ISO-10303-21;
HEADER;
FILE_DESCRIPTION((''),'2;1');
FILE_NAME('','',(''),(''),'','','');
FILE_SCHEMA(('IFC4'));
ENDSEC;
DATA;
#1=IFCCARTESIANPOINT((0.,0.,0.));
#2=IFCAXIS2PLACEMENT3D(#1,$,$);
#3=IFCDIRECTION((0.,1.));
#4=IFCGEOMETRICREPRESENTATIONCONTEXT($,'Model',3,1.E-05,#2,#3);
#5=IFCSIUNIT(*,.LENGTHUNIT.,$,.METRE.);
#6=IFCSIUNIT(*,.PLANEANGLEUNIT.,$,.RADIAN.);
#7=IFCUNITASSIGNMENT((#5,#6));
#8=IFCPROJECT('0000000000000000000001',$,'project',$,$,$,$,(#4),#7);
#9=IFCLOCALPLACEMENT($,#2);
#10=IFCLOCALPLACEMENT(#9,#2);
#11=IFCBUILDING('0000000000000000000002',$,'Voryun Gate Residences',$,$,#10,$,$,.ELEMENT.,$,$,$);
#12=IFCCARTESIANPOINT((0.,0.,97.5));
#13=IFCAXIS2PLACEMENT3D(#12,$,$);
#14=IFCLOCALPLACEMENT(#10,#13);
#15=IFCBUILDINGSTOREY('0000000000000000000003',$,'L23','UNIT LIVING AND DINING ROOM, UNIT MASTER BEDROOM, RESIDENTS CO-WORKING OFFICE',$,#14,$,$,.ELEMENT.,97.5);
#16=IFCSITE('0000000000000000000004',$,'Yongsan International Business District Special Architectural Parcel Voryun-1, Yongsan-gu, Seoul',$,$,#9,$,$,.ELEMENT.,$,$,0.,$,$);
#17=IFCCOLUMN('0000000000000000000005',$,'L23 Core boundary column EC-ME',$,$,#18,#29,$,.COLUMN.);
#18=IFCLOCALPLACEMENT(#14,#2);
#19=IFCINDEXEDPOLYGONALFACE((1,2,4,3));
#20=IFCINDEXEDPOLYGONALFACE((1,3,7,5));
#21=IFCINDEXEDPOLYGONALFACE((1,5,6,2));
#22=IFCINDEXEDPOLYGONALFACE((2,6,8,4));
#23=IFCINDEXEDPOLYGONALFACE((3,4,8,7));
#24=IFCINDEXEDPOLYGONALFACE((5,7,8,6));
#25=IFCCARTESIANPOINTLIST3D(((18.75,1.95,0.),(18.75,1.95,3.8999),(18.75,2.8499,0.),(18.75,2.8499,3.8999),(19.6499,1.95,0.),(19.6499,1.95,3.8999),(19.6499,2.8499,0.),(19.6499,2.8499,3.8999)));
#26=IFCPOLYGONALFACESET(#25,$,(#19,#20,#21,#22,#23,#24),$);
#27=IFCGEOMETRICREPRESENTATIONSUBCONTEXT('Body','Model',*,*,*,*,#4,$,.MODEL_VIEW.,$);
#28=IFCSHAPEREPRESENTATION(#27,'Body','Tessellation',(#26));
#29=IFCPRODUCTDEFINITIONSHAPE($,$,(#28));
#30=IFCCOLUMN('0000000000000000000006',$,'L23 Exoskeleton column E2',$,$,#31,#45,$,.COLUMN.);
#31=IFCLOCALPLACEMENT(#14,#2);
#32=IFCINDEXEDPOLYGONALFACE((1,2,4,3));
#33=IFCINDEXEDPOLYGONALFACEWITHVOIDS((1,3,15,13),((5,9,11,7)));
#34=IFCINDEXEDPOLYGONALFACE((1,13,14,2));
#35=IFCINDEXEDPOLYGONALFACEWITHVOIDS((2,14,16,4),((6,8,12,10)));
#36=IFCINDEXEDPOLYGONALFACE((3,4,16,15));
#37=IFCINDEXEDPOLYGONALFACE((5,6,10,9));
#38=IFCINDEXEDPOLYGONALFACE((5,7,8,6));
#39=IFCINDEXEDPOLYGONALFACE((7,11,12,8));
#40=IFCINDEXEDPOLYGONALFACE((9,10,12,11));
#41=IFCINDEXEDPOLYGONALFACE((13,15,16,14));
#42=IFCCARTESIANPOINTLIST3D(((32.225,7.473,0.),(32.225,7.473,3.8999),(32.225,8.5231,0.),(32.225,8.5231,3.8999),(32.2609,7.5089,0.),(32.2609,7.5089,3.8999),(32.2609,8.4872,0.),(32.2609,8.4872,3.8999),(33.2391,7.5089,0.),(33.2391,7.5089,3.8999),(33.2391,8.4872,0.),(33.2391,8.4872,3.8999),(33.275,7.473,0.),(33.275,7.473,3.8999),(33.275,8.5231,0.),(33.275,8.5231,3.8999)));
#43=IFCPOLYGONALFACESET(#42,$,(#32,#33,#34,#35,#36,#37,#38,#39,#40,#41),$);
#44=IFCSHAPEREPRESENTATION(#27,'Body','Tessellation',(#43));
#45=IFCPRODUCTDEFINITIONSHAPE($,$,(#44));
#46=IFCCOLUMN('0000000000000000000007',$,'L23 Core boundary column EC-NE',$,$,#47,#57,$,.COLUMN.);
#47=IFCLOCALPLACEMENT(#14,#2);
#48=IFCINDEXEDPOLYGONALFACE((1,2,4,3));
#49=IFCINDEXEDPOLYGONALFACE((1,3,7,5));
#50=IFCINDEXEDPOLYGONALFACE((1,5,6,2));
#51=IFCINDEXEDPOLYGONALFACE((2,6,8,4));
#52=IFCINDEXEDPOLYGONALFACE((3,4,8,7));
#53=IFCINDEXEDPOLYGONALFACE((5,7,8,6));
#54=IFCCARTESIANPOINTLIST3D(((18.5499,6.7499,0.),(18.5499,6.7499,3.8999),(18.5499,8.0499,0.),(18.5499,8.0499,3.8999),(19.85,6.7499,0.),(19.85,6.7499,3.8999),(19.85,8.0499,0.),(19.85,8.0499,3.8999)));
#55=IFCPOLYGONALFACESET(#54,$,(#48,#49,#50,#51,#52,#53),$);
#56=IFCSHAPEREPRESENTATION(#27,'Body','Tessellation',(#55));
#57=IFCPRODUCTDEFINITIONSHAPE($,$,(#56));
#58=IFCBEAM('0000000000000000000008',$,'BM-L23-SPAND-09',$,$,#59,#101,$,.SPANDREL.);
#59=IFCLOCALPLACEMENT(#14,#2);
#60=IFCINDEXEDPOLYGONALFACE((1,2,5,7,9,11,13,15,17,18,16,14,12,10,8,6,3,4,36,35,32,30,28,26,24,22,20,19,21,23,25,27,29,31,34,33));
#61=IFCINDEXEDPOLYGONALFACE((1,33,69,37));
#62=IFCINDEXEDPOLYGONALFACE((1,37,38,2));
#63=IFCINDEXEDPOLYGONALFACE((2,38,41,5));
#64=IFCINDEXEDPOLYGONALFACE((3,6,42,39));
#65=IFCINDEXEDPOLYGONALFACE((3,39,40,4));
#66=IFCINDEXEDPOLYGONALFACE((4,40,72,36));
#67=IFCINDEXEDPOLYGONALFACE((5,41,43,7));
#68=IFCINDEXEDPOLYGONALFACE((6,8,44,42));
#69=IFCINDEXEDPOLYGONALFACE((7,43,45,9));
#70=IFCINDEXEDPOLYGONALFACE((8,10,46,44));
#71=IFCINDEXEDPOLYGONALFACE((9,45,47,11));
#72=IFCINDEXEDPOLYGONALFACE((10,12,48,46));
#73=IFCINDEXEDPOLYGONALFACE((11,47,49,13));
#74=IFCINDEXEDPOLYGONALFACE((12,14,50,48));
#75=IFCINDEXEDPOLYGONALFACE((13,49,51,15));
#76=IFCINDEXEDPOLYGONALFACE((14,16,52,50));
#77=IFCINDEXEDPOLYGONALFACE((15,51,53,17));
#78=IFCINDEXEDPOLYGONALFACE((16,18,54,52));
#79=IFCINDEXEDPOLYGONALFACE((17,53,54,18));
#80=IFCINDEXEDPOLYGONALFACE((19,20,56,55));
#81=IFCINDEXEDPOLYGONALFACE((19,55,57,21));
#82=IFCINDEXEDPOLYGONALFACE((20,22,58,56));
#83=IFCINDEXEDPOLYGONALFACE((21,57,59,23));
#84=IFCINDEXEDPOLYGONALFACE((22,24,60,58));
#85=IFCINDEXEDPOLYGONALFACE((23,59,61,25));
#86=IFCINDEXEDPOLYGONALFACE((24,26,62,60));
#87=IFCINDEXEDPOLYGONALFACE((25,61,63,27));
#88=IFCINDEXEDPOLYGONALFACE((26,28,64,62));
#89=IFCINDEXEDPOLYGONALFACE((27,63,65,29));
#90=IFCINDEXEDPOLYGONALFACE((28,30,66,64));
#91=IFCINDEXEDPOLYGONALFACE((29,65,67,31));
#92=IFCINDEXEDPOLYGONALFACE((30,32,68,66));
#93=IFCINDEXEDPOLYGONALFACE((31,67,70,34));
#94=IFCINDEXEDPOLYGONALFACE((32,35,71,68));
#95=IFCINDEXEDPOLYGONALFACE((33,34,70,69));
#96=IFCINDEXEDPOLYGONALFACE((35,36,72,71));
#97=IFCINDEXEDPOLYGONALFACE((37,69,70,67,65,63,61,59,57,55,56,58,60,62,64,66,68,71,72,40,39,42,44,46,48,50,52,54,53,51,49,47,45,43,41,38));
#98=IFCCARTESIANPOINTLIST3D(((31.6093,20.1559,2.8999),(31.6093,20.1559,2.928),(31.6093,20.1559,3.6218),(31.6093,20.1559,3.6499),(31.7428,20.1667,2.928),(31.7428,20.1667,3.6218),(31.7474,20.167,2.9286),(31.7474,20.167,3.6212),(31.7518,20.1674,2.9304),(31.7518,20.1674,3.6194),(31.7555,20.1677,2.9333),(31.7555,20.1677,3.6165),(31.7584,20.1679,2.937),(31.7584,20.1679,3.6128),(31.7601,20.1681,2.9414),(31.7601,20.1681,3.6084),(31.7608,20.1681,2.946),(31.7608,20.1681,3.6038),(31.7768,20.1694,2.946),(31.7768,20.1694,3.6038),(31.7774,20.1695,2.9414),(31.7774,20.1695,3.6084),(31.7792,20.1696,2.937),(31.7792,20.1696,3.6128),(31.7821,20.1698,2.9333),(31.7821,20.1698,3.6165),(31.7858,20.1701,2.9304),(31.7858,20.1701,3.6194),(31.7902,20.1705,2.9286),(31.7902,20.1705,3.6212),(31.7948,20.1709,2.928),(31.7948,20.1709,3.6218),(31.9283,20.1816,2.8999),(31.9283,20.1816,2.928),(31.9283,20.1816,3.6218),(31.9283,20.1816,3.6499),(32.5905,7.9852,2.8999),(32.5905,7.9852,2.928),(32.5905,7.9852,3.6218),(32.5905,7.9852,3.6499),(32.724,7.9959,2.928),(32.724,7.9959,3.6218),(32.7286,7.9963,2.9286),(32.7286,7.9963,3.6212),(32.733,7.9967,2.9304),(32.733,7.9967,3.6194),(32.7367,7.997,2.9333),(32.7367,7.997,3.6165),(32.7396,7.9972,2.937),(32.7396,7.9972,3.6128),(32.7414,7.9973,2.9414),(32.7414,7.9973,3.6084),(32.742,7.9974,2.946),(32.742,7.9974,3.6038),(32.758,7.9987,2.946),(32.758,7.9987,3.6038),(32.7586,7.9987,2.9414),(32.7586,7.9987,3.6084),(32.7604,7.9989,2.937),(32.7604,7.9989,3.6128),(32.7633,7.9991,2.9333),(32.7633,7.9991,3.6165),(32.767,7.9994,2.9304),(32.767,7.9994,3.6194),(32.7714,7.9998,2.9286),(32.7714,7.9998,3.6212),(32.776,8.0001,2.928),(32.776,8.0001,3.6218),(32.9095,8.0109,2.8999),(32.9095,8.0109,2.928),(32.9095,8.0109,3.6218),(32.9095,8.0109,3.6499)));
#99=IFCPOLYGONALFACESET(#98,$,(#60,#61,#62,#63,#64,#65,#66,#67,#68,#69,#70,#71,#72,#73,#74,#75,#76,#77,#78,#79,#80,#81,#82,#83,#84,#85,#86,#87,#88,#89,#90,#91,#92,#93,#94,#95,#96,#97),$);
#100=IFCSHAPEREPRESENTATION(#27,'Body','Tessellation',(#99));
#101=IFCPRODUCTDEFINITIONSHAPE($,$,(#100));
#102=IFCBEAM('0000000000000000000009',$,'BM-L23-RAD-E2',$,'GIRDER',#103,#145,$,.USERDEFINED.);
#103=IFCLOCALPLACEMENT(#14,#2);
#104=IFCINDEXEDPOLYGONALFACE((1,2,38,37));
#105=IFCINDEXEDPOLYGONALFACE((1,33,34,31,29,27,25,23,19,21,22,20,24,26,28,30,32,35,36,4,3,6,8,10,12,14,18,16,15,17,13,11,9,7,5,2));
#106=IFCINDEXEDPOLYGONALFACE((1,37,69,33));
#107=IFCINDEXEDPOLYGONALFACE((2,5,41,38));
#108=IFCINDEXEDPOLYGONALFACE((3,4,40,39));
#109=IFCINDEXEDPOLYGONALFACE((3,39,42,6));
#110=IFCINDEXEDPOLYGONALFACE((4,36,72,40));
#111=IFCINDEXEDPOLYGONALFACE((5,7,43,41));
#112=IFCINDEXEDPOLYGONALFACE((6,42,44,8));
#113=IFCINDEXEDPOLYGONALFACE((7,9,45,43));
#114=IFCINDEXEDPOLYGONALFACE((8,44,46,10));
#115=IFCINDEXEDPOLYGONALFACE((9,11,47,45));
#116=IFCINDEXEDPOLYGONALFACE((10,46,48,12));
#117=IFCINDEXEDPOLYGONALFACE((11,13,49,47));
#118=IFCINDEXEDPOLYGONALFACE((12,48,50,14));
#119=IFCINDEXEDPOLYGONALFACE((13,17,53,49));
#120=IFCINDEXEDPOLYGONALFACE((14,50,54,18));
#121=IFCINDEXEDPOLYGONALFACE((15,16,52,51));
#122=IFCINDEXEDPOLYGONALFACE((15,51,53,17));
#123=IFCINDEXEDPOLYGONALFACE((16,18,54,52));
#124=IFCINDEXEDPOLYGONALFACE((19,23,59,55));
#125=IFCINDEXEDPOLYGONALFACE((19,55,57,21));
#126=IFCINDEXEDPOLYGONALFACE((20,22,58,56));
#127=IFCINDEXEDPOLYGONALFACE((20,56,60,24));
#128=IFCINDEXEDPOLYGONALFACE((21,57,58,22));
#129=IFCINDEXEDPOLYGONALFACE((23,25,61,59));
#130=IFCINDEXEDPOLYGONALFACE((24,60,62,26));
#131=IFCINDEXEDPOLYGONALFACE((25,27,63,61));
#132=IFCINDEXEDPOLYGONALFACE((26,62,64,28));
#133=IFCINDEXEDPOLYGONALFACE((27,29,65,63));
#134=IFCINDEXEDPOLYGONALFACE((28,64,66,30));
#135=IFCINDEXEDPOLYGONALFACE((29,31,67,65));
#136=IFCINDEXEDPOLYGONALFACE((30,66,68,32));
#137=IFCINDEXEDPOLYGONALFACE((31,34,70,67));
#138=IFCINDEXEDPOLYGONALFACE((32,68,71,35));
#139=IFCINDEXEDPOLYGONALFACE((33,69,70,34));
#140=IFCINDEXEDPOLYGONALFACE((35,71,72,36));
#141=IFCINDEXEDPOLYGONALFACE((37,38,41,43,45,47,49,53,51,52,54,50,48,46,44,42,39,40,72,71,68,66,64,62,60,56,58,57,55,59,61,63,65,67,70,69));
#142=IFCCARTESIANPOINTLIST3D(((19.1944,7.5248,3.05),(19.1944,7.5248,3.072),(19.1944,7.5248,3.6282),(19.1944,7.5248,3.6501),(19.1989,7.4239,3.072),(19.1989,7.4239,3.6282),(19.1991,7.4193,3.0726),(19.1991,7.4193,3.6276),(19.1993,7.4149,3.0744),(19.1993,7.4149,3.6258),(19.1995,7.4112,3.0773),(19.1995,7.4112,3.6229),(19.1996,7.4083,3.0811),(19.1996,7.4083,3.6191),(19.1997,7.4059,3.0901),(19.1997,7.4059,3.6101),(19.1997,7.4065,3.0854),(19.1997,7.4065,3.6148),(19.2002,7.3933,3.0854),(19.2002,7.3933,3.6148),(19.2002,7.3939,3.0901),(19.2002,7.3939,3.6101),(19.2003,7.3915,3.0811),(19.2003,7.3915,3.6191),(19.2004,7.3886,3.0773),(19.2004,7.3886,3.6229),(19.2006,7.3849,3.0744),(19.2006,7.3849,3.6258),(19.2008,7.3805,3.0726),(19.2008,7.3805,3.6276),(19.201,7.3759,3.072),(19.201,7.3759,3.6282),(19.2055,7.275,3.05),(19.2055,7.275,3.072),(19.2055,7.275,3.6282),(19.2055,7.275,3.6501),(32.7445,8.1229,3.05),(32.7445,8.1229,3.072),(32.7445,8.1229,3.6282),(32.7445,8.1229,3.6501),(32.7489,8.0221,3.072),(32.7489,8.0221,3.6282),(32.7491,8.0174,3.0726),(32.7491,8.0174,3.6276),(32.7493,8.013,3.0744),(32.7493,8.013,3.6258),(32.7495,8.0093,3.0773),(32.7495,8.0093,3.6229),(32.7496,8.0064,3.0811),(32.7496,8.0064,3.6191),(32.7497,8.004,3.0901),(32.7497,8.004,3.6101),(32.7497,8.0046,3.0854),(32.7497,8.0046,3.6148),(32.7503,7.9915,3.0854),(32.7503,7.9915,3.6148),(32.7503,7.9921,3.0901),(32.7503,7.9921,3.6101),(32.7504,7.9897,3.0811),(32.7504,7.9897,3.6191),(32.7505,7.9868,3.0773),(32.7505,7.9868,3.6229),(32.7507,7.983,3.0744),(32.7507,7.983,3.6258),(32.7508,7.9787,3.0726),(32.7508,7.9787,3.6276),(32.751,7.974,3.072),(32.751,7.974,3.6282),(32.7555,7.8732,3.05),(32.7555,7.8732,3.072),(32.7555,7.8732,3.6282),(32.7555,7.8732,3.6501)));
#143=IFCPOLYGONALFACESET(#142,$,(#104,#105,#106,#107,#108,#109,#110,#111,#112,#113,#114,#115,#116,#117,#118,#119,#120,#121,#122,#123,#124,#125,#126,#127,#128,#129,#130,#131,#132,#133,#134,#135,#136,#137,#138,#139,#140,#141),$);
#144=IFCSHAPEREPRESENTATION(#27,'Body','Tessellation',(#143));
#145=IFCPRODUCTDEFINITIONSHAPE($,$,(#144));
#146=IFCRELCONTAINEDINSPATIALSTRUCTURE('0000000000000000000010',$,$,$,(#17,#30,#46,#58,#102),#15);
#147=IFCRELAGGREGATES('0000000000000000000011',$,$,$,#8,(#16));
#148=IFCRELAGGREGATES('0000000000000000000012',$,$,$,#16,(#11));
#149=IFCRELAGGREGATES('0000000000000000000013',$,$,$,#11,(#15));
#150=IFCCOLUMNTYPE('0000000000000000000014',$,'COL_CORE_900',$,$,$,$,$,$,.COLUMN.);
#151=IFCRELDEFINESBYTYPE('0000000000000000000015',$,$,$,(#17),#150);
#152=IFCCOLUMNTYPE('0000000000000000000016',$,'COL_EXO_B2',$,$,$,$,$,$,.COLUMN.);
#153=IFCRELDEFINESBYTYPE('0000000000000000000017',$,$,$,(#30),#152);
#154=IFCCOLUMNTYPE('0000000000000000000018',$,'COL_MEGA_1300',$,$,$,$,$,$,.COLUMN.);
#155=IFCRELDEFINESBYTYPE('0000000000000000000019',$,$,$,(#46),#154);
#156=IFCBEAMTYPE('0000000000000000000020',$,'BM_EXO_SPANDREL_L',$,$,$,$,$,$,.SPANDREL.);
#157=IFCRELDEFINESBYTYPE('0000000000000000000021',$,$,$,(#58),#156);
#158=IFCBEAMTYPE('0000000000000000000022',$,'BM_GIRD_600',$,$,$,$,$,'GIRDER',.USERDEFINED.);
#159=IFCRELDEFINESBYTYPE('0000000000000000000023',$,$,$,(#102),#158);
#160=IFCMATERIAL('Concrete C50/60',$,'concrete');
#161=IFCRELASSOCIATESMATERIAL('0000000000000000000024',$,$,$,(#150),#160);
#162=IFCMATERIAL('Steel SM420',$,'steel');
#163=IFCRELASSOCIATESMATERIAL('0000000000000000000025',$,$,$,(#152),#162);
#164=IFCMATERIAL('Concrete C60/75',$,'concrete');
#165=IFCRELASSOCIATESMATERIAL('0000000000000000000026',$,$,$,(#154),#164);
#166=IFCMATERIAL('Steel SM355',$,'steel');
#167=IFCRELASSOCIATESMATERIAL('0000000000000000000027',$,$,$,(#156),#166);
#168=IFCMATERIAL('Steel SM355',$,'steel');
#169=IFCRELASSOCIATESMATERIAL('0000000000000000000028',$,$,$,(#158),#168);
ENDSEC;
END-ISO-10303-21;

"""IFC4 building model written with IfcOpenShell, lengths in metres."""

from ifc_helpers import new_model, si_unit, direction, frame, origin, origin_2d, place, context, subcontext, project, spatial, rectangle, hollow_rectangle, i_section, extrude, material, material_profile, profile_set, type_object, element, save


model = new_model("IFC4")

# Units and contexts
model_context = context("Model", 3, precision=1e-05, world=origin(), true_north=direction((0.0, 1.0)))
body_context = subcontext(model_context, "Body", "Model", "MODEL_VIEW")
ifc_project = project(units=[si_unit("LENGTHUNIT", "METRE"), si_unit("PLANEANGLEUNIT", "RADIAN")], contexts=[model_context])

# Site, building, storey
site_placement = place(None, origin())
site = spatial("IfcSite", under=ifc_project, at=site_placement, Name="Yongsan International Business District Special Architectural Parcel Voryun-1, Yongsan-gu, Seoul", CompositionType="ELEMENT", RefElevation=0.0)
building_placement = place(site_placement, origin())
building = spatial("IfcBuilding", under=site, at=building_placement, Name="Voryun Gate Residences", CompositionType="ELEMENT")
storey_placement = place(building_placement, frame((0.0, 0.0, 97.5)))
storey = spatial("IfcBuildingStorey", under=building, at=storey_placement, Name="L23", Description="UNIT LIVING AND DINING ROOM, UNIT MASTER BEDROOM, RESIDENTS CO-WORKING OFFICE", CompositionType="ELEMENT", Elevation=97.5)

# Columns
ifc_material_1 = material(Name="Concrete C50/60", Category="concrete")
ifc_material_profile_1 = material_profile(ifc_material_1, rectangle(XDim=0.8999, YDim=0.8999, at=origin_2d()), Name="RC-900x900")
ifc_profile_set_1 = profile_set([ifc_material_profile_1], Name="Concrete C50/60")
column_type_1 = type_object("IfcColumnType", Name="COL_CORE_900", PredefinedType="COLUMN", material=ifc_profile_set_1)
column_1_placement = place(storey_placement, frame((19.2, 2.3999, 0.0), z_axis=(0.0, 0.0, 1.0), x_axis=(1.0, 0.0, 0.0)))
element("IfcColumn", 1, at=column_1_placement, inside=storey, type_object=column_type_1, Name="L23 Core boundary column EC-ME", PredefinedType="COLUMN", context=body_context, shape_type="SweptSolid", body=[
    extrude(rectangle(XDim=0.8999, YDim=0.8999, at=origin_2d()), origin(), (0.0, 0.0, 1.0), 3.8999),
])
ifc_material_2 = material(Name="Steel SM420", Category="steel")
ifc_material_profile_2 = material_profile(ifc_material_2, hollow_rectangle(XDim=1.05, YDim=1.05, WallThickness=0.0359, at=origin_2d()), Name="BOX-1050x1050x36")
ifc_profile_set_2 = profile_set([ifc_material_profile_2], Name="Steel SM420")
column_type_2 = type_object("IfcColumnType", Name="COL_EXO_B2", PredefinedType="COLUMN", material=ifc_profile_set_2)
column_2_placement = place(storey_placement, frame((32.75, 7.998, 0.0), z_axis=(0.0, 0.0, 1.0), x_axis=(1.0, 0.0, 0.0)))
element("IfcColumn", 2, at=column_2_placement, inside=storey, type_object=column_type_2, Name="L23 Exoskeleton column E2", PredefinedType="COLUMN", context=body_context, shape_type="SweptSolid", body=[
    extrude(hollow_rectangle(XDim=1.05, YDim=1.05, WallThickness=0.0359, at=origin_2d()), origin(), (0.0, 0.0, 1.0), 3.8999),
])
ifc_material_3 = material(Name="Concrete C60/75", Category="concrete")
ifc_material_profile_3 = material_profile(ifc_material_3, rectangle(XDim=1.3, YDim=1.3, at=origin_2d()), Name="RC-1300x1300")
ifc_profile_set_3 = profile_set([ifc_material_profile_3], Name="Concrete C60/75")
column_type_3 = type_object("IfcColumnType", Name="COL_MEGA_1300", PredefinedType="COLUMN", material=ifc_profile_set_3)
column_3_placement = place(storey_placement, frame((19.2, 7.3999, 0.0), z_axis=(0.0, 0.0, 1.0), x_axis=(1.0, 0.0, 0.0)))
element("IfcColumn", 3, at=column_3_placement, inside=storey, type_object=column_type_3, Name="L23 Core boundary column EC-NE", PredefinedType="COLUMN", context=body_context, shape_type="SweptSolid", body=[
    extrude(rectangle(XDim=1.3, YDim=1.3, at=origin_2d()), origin(), (0.0, 0.0, 1.0), 3.8999),
])

# Beams
ifc_material_4 = material(Name="Steel SM355", Category="steel")
ifc_material_profile_4 = material_profile(ifc_material_4, i_section(OverallWidth=0.3201, OverallDepth=0.75, WebThickness=0.0161, FlangeThickness=0.0281, FilletRadius=0.0181, at=origin_2d()), Name="H-750x320x16x28")
ifc_profile_set_4 = profile_set([ifc_material_profile_4], Name="Steel SM355")
beam_type_1 = type_object("IfcBeamType", Name="BM_EXO_SPANDREL_L", PredefinedType="SPANDREL", material=ifc_profile_set_4)
beam_1_placement = place(storey_placement, frame((32.75, 7.998, 3.2749), z_axis=(-0.08036, 0.996766, 0.0), x_axis=(-0.996766, -0.08036, 0.0)))
element("IfcBeam", 4, at=beam_1_placement, inside=storey, type_object=beam_type_1, Name="BM-L23-SPAND-09", PredefinedType="SPANDREL", context=body_context, shape_type="SweptSolid", body=[
    extrude(i_section(OverallWidth=0.3201, OverallDepth=0.75, WebThickness=0.0161, FlangeThickness=0.0281, FilletRadius=0.0181, at=origin_2d()), origin(), (0.0, 0.0, 1.0), 12.2102),
])
ifc_material_5 = material(Name="Steel SM355", Category="steel")
ifc_material_profile_5 = material_profile(ifc_material_5, i_section(OverallWidth=0.25, OverallDepth=0.6001, WebThickness=0.012, FlangeThickness=0.022, FilletRadius=0.0181, at=origin_2d()), Name="H-600x250x12x22")
ifc_profile_set_5 = profile_set([ifc_material_profile_5], Name="Steel SM355")
beam_type_2 = type_object("IfcBeamType", Name="BM_GIRD_600", ElementType="GIRDER", PredefinedType="USERDEFINED", material=ifc_profile_set_5)
beam_2_placement = place(storey_placement, frame((19.2, 7.3999, 3.3501), z_axis=(0.999027, 0.0441, 0.0), x_axis=(-0.0441, 0.999027, 0.0)))
element("IfcBeam", 5, at=beam_2_placement, inside=storey, type_object=beam_type_2, Name="BM-L23-RAD-E2", ObjectType="GIRDER", PredefinedType="USERDEFINED", context=body_context, shape_type="SweptSolid", body=[
    extrude(i_section(OverallWidth=0.25, OverallDepth=0.6001, WebThickness=0.012, FlangeThickness=0.022, FilletRadius=0.0181, at=origin_2d()), origin(), (0.0, 0.0, 1.0), 13.5632),
])

save(model, "model.ifc")
